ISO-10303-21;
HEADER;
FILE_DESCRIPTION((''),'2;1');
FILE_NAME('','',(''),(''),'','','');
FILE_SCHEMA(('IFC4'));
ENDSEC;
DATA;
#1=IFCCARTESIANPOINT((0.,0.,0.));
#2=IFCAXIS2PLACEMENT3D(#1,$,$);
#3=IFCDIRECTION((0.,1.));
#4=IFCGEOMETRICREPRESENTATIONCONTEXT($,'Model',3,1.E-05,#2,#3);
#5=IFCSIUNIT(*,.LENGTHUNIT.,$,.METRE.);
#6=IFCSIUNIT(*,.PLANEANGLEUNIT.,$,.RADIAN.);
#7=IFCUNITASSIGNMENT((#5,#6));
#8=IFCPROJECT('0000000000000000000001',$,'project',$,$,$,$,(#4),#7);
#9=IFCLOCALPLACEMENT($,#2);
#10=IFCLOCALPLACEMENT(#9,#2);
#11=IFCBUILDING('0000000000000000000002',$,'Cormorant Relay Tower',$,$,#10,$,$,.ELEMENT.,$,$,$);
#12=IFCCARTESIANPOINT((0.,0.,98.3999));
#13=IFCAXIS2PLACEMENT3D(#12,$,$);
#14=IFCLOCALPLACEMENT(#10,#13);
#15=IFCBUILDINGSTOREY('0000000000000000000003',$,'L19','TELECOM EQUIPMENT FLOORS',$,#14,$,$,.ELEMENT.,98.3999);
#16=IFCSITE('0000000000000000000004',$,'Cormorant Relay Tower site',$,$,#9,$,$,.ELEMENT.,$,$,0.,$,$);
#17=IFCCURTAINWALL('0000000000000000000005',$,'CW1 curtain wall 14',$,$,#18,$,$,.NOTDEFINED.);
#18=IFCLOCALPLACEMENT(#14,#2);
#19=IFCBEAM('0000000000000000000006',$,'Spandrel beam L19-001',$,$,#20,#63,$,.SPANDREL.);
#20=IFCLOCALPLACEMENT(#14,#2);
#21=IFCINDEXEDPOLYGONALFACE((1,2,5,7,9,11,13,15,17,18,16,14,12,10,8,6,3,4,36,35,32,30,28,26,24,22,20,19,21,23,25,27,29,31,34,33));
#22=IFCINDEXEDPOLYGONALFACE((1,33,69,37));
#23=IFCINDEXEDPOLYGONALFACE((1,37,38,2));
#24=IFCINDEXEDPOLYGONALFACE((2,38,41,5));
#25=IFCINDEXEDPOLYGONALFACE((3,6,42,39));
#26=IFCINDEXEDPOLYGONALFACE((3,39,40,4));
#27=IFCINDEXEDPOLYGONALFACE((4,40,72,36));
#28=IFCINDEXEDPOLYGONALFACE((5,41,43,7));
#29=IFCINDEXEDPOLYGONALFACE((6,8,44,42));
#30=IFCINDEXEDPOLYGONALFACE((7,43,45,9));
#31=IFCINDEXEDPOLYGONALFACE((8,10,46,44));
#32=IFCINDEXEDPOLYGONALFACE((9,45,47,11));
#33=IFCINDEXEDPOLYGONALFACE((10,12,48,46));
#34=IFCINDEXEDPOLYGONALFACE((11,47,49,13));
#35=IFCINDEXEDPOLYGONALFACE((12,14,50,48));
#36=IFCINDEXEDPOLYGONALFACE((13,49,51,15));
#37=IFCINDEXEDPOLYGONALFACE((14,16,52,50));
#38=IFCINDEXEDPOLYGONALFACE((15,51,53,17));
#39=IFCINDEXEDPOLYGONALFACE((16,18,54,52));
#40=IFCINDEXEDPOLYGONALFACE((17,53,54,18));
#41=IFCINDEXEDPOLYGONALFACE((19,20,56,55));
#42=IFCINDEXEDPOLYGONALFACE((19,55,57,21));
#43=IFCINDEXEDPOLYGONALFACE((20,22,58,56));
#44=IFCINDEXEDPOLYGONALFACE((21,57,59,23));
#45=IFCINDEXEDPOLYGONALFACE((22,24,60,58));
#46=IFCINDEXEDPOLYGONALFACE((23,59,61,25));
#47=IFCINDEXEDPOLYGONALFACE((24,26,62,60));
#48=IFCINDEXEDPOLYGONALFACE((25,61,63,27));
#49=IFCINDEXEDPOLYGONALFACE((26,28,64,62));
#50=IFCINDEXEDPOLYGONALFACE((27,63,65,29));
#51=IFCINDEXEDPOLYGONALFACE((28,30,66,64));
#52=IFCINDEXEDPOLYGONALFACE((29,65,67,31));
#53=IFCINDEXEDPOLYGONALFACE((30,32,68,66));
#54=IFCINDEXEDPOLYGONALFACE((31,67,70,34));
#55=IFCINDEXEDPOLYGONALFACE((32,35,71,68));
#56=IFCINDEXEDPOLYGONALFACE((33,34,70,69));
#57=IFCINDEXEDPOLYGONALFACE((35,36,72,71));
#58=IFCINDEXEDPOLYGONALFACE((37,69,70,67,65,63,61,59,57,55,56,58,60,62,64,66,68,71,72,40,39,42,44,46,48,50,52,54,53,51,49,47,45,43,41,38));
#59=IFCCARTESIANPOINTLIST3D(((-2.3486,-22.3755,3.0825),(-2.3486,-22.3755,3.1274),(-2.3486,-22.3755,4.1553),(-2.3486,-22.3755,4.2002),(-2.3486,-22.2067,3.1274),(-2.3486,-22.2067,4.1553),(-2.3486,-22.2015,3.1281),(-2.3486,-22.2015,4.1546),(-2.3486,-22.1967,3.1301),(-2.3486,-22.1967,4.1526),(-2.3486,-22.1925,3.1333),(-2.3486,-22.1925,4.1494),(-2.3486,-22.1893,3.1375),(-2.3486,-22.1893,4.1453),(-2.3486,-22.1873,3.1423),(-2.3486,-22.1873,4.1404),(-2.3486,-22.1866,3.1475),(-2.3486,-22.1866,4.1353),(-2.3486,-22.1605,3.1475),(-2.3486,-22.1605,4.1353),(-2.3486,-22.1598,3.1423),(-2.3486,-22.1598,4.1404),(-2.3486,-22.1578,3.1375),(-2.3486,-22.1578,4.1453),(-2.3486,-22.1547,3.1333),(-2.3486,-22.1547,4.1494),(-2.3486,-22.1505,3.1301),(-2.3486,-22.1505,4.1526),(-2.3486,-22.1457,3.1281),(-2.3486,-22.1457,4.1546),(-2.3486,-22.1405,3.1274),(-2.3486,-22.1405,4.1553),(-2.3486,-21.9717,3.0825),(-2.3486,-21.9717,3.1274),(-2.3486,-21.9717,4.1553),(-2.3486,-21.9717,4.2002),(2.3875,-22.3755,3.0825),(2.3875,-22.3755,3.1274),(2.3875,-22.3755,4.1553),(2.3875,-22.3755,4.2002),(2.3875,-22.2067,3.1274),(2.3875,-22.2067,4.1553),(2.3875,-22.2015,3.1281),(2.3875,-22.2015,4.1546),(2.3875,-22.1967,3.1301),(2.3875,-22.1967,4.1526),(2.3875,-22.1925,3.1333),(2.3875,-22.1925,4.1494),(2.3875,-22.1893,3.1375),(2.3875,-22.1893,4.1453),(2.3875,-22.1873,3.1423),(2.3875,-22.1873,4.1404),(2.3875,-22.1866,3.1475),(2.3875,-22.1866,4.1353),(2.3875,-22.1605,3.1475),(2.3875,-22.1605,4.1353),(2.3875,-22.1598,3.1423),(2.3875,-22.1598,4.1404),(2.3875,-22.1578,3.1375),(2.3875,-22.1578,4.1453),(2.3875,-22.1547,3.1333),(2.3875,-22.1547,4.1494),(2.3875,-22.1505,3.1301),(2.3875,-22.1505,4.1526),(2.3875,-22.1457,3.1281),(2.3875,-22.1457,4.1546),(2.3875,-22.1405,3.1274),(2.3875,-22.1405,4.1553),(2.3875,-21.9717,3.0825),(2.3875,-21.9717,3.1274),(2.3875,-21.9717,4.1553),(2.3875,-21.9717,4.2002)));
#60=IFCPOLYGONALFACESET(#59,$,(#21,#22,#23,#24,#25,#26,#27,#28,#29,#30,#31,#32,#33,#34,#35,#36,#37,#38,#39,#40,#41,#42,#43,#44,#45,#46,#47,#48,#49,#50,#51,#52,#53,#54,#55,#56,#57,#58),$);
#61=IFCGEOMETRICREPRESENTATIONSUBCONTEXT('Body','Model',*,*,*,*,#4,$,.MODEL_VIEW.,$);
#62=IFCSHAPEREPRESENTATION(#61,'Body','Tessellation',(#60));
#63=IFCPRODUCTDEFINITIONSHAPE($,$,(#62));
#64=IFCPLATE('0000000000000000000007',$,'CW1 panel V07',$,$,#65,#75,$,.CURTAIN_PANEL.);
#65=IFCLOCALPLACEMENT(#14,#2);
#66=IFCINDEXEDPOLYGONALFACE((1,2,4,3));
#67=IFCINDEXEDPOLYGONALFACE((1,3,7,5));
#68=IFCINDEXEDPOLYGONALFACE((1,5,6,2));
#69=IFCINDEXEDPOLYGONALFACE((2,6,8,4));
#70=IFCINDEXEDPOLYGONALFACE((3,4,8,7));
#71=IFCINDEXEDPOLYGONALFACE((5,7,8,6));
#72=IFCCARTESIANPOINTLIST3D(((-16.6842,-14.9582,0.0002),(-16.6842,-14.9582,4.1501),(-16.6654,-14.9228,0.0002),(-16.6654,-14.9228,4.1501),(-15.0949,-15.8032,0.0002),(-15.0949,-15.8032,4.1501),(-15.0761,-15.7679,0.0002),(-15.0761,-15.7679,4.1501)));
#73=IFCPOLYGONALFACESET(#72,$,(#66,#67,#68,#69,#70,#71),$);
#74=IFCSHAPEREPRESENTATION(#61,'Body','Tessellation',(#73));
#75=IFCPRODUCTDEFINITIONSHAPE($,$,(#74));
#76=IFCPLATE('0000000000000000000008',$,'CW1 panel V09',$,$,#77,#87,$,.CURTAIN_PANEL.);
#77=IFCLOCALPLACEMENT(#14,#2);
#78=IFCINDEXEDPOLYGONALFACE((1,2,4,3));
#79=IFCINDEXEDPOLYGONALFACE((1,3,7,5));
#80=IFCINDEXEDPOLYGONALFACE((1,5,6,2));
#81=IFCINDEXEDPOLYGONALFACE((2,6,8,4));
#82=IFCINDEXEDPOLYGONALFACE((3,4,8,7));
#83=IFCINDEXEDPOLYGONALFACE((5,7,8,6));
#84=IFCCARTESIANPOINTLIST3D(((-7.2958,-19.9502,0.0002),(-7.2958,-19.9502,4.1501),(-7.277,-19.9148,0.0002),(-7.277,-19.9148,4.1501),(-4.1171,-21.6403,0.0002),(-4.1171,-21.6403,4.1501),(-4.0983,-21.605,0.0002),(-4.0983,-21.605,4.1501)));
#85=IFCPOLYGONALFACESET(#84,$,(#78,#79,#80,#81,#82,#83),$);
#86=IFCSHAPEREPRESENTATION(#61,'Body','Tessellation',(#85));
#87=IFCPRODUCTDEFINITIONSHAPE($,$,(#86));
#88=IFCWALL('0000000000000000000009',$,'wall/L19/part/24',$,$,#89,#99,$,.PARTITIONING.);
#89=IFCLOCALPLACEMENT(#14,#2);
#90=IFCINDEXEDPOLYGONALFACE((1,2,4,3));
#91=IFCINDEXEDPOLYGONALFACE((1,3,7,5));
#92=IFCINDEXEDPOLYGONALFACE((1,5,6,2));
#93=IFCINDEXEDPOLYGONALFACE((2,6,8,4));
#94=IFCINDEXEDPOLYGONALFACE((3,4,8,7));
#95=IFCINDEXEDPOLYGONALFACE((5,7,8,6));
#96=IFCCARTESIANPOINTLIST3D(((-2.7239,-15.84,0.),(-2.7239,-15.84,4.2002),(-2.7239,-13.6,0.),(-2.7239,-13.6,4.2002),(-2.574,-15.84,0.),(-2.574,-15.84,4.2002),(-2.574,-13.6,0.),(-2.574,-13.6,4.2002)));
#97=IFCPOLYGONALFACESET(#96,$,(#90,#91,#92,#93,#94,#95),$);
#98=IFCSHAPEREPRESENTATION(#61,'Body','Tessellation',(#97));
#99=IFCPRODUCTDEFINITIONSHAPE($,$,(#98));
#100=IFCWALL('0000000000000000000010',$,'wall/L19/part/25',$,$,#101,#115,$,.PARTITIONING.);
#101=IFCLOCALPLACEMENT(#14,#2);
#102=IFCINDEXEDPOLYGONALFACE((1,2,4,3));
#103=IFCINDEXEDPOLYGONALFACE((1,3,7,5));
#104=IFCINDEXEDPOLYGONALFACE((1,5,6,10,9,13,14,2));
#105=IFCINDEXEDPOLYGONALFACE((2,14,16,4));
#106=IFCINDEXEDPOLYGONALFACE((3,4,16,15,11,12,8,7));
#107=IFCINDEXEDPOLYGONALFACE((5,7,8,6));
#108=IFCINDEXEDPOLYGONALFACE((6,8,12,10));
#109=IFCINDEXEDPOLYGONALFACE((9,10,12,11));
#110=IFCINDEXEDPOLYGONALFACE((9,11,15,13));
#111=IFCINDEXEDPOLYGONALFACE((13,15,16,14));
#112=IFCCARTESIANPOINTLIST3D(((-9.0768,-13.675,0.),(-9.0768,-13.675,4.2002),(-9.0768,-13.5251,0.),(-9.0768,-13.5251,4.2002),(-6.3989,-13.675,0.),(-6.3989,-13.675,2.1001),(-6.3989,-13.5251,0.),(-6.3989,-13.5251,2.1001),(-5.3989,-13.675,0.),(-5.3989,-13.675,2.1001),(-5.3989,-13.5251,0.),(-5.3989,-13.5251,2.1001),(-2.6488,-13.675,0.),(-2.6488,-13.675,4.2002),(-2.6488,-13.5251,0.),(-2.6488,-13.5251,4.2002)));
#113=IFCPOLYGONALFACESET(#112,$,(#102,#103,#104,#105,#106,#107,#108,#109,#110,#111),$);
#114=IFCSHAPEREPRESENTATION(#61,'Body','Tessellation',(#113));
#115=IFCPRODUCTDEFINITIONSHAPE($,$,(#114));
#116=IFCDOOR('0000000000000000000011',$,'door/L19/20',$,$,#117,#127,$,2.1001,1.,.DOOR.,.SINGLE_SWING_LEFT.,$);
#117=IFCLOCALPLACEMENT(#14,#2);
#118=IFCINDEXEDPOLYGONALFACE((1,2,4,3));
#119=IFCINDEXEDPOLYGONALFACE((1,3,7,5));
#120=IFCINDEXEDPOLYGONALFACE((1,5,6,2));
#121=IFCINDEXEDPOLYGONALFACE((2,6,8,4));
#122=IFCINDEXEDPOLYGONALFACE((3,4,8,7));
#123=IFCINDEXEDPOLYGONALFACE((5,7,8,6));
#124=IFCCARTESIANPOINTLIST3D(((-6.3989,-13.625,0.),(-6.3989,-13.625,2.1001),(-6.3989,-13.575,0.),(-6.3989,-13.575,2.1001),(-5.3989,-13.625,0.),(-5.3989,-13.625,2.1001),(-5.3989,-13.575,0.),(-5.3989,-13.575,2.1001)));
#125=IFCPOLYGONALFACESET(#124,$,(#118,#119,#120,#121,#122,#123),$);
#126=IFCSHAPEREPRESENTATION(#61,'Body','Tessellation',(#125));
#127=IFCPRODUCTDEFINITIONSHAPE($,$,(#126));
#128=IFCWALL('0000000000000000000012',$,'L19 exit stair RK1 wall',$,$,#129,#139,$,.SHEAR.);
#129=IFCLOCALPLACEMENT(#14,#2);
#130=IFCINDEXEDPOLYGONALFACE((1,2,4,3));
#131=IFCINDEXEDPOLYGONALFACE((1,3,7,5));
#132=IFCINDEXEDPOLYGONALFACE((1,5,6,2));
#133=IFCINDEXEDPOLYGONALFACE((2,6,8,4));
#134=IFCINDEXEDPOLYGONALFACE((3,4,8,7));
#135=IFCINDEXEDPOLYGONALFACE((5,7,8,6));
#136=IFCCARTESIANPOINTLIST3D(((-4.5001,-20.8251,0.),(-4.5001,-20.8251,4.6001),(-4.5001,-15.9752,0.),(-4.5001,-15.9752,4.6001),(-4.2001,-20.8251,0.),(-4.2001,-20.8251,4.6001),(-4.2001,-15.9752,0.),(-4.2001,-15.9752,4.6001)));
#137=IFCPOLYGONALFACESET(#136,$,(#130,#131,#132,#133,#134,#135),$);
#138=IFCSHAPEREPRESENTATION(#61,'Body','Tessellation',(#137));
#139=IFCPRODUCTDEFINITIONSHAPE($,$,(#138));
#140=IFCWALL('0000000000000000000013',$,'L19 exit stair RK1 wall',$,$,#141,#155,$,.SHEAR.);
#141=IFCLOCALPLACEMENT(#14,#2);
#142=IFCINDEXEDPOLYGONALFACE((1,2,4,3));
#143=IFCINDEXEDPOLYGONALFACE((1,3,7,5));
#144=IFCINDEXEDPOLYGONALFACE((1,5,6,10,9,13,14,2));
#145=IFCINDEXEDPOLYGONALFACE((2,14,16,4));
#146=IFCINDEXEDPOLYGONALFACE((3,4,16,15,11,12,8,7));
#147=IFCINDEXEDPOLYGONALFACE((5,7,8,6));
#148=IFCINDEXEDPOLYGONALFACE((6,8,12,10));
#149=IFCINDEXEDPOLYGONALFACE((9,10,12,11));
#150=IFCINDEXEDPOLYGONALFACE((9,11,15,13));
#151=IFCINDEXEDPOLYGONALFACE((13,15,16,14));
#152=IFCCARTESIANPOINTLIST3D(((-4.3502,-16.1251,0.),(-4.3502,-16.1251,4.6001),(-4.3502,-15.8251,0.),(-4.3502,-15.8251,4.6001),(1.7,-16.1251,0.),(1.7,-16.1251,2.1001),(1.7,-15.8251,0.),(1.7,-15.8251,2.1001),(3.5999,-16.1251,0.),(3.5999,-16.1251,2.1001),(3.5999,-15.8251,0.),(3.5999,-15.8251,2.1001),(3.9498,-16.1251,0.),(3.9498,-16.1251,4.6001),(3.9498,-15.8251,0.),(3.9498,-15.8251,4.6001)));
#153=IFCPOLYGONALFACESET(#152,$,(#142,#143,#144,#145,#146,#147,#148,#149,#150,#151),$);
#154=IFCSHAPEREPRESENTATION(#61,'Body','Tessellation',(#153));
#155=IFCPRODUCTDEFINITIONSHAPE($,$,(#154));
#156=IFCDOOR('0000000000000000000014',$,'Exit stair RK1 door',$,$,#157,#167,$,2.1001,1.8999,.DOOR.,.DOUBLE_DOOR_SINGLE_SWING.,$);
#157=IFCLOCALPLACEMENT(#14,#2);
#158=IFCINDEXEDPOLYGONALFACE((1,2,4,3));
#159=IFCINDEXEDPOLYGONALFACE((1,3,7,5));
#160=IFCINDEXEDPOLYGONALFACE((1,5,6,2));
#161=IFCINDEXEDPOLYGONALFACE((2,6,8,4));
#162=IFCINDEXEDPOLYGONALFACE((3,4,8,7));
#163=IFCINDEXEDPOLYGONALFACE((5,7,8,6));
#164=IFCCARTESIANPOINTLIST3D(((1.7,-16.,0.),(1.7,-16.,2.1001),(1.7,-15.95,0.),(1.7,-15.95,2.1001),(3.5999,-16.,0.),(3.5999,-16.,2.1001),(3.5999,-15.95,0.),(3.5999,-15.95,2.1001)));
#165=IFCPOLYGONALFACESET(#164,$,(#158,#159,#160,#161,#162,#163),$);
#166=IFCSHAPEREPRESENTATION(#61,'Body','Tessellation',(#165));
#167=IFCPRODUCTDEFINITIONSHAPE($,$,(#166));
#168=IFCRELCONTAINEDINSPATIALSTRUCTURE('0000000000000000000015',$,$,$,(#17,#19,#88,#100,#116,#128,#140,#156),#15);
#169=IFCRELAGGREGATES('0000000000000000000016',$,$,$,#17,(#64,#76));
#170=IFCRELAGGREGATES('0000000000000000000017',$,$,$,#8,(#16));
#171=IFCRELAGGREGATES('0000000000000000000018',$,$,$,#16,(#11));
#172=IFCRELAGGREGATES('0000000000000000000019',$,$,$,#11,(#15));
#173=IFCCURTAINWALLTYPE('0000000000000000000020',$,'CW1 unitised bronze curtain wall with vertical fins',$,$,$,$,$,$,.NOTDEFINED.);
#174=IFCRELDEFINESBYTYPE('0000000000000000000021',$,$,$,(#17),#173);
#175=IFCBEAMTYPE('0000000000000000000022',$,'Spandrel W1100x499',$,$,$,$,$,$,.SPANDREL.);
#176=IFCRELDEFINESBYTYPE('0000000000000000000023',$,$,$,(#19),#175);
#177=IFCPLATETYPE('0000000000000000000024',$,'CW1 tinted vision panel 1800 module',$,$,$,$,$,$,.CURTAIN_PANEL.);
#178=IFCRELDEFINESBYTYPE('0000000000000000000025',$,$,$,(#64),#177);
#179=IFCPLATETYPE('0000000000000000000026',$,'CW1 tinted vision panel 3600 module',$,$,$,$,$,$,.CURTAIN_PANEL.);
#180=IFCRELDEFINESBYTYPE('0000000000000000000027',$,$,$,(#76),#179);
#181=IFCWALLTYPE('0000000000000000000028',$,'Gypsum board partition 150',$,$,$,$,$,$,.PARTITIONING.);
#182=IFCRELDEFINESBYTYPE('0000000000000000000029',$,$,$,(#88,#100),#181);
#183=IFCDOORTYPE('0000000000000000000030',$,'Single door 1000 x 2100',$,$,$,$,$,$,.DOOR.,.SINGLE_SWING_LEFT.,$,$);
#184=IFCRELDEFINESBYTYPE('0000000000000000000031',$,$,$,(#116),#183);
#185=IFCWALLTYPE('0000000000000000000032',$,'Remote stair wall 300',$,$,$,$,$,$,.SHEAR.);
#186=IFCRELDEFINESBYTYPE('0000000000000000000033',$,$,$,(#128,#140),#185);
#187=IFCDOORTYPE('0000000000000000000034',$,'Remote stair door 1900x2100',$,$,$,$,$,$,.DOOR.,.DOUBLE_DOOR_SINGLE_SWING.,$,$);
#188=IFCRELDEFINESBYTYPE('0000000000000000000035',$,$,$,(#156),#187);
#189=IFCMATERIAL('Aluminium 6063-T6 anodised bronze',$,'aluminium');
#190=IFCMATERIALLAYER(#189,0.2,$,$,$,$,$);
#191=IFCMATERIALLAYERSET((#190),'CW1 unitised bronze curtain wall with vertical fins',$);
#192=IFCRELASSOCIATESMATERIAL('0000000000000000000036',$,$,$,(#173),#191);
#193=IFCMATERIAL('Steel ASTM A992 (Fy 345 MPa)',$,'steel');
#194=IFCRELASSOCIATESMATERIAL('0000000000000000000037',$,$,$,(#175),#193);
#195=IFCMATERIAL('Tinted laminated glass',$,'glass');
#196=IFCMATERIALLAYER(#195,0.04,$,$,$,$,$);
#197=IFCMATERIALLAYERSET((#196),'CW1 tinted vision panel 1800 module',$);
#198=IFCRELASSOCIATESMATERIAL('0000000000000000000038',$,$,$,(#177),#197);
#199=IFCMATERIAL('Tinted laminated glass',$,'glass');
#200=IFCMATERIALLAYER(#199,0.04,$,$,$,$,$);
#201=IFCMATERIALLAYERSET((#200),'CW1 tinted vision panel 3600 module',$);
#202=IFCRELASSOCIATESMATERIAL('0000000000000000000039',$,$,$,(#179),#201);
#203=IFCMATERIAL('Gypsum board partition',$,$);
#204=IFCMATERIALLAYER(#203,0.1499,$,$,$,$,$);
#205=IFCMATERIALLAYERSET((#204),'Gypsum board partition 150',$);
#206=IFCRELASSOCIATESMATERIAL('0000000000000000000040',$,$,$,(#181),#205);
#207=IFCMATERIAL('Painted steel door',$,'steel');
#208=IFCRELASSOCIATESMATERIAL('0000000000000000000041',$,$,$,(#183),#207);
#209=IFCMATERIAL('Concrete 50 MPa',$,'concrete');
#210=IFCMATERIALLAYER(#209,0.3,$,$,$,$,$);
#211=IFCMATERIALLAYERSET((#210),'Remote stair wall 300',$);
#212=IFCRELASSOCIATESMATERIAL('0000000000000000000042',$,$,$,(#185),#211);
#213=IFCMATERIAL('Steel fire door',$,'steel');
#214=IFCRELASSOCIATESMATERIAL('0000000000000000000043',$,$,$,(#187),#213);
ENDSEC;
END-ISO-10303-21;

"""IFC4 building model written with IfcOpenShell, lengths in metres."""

from ifc_helpers import new_model, si_unit, direction, frame, frame_2d, origin, origin_2d, place, context, subcontext, project, spatial, rectangle, i_section, extrude, material, layer, layer_set, material_profile, profile_set, type_object, element, fill, aggregate, save


model = new_model("IFC4")

# Units and contexts
model_context = context("Model", 3, precision=1e-05, world=origin(), true_north=direction((0.0, 1.0)))
body_context = subcontext(model_context, "Body", "Model", "MODEL_VIEW")
ifc_project = project(units=[si_unit("LENGTHUNIT", "METRE"), si_unit("PLANEANGLEUNIT", "RADIAN")], contexts=[model_context])

# Site, building, storey
site_placement = place(None, origin())
site = spatial("IfcSite", under=ifc_project, at=site_placement, Name="Cormorant Relay Tower site", CompositionType="ELEMENT", RefElevation=0.0)
building_placement = place(site_placement, origin())
building = spatial("IfcBuilding", under=site, at=building_placement, Name="Cormorant Relay Tower", CompositionType="ELEMENT")
storey_placement = place(building_placement, frame((0.0, 0.0, 98.3999)))
storey = spatial("IfcBuildingStorey", under=building, at=storey_placement, Name="L19", Description="TELECOM EQUIPMENT FLOORS", CompositionType="ELEMENT", Elevation=98.3999)

# Shared definitions
ifc_material_1 = material(Name="Aluminium 6063-T6 anodised bronze", Category="aluminium")
ifc_layer_1 = layer(ifc_material_1, 0.2)
ifc_layer_set_1 = layer_set([ifc_layer_1], Name="CW1 unitised bronze curtain wall with vertical fins")
curtain_wall_type = type_object("IfcCurtainWallType", Name="CW1 unitised bronze curtain wall with vertical fins", PredefinedType="NOTDEFINED", material=ifc_layer_set_1)

# Curtain wall
curtain_wall_1_placement = place(storey_placement, origin())
curtain_wall_1 = element("IfcCurtainWall", 1, at=curtain_wall_1_placement, inside=storey, type_object=curtain_wall_type, Name="CW1 curtain wall 14", PredefinedType="NOTDEFINED")

# Beam
ifc_material_2 = material(Name="Steel ASTM A992 (Fy 345 MPa)", Category="steel")
ifc_material_profile_1 = material_profile(ifc_material_2, i_section(OverallWidth=0.4038, OverallDepth=1.1177, WebThickness=0.0261, FlangeThickness=0.0449, FilletRadius=0.02, at=origin_2d()), Name="W1100x499")
ifc_profile_set_1 = profile_set([ifc_material_profile_1], Name="Steel ASTM A992 (Fy 345 MPa)")
beam_type = type_object("IfcBeamType", Name="Spandrel W1100x499", PredefinedType="SPANDREL", material=ifc_profile_set_1)
beam_placement = place(storey_placement, frame((-2.3486, -22.1736, 3.6414), z_axis=(1.0, 0.0, 0.0), x_axis=(0.0, 1.0, 0.0)))
element("IfcBeam", 2, at=beam_placement, inside=storey, type_object=beam_type, Name="Spandrel beam L19-001", PredefinedType="SPANDREL", context=body_context, shape_type="SweptSolid", body=[
    extrude(i_section(OverallWidth=0.4038, OverallDepth=1.1177, WebThickness=0.0261, FlangeThickness=0.0449, FilletRadius=0.02, at=origin_2d()), origin(), (0.0, 0.0, 1.0), 4.7361),
])

# Plates
ifc_material_3 = material(Name="Tinted laminated glass", Category="glass")
ifc_layer_2 = layer(ifc_material_3, 0.04)
ifc_layer_set_2 = layer_set([ifc_layer_2], Name="CW1 tinted vision panel 1800 module")
plate_type_1 = type_object("IfcPlateType", Name="CW1 tinted vision panel 1800 module", PredefinedType="CURTAIN_PANEL", material=ifc_layer_set_2)
plate_1_placement = place(storey_placement, frame((-15.8801, -15.363, 0.0002), z_axis=(0.0, 0.0, 1.0), x_axis=(0.882948, -0.469472, 0.0)))
plate_1 = element("IfcPlate", 3, at=plate_1_placement, type_object=plate_type_1, Name="CW1 panel V07", PredefinedType="CURTAIN_PANEL", context=body_context, shape_type="SweptSolid", body=[
    extrude(rectangle(XDim=1.8, YDim=0.04, at=origin_2d()), origin(), (0.0, 0.0, 1.0), 4.1499),
])
ifc_material_4 = material(Name="Tinted laminated glass", Category="glass")
ifc_layer_3 = layer(ifc_material_4, 0.04)
ifc_layer_set_3 = layer_set([ifc_layer_3], Name="CW1 tinted vision panel 3600 module")
plate_type_2 = type_object("IfcPlateType", Name="CW1 tinted vision panel 3600 module", PredefinedType="CURTAIN_PANEL", material=ifc_layer_set_3)
plate_2_placement = place(storey_placement, frame((-5.697, -20.7776, 0.0002), z_axis=(0.0, 0.0, 1.0), x_axis=(0.882948, -0.469472, 0.0)))
plate_2 = element("IfcPlate", 4, at=plate_2_placement, type_object=plate_type_2, Name="CW1 panel V09", PredefinedType="CURTAIN_PANEL", context=body_context, shape_type="SweptSolid", body=[
    extrude(rectangle(XDim=3.6001, YDim=0.04, at=origin_2d()), origin(), (0.0, 0.0, 1.0), 4.1499),
])

# Wall
ifc_material_5 = material(Name="Gypsum board partition")
ifc_layer_4 = layer(ifc_material_5, 0.1499)
ifc_layer_set_4 = layer_set([ifc_layer_4], Name="Gypsum board partition 150")
wall_type_1 = type_object("IfcWallType", Name="Gypsum board partition 150", PredefinedType="PARTITIONING", material=ifc_layer_set_4)
wall_1_placement = place(storey_placement, frame((-2.6489, -15.8401, 0.0), z_axis=(0.0, 0.0, 1.0), x_axis=(0.0, 1.0, 0.0)))
element("IfcWall", 5, at=wall_1_placement, inside=storey, type_object=wall_type_1, Name="wall/L19/part/24", PredefinedType="PARTITIONING", context=body_context, shape_type="SweptSolid", body=[
    extrude(rectangle(XDim=2.24, YDim=0.1499, at=frame_2d((1.1201, 0.0))), origin(), (0.0, 0.0, 1.0), 4.2002),
])

# Wall, opening, door
wall_2_placement = place(storey_placement, frame((-2.6489, -13.6001, 0.0), z_axis=(0.0, 0.0, 1.0), x_axis=(-1.0, 0.0, 0.0)))
wall_2 = element("IfcWall", 6, at=wall_2_placement, inside=storey, type_object=wall_type_1, Name="wall/L19/part/25", PredefinedType="PARTITIONING", context=body_context, shape_type="SweptSolid", body=[
    extrude(rectangle(XDim=6.428, YDim=0.1499, at=frame_2d((3.2139, 0.0))), origin(), (0.0, 0.0, 1.0), 4.2002),
])
opening_1_placement = place(wall_2_placement, frame((2.75, 0.0, 0.0)))
opening_1 = element("IfcOpeningElement", 7, at=opening_1_placement, cuts=wall_2, PredefinedType="OPENING", context=body_context, shape_type="SweptSolid", body=[
    extrude(rectangle(XDim=1.0, YDim=2.1001, at=frame_2d((0.5, 1.05))), frame((0.0, 0.085, 0.0), z_axis=(0.0, -1.0, 0.0), x_axis=(1.0, 0.0, 0.0)), (0.0, 0.0, 1.0), 0.1699),
])
ifc_material_6 = material(Name="Painted steel door", Category="steel")
door_type_1 = type_object("IfcDoorType", Name="Single door 1000 x 2100", OperationType="SINGLE_SWING_LEFT", PredefinedType="DOOR", material=ifc_material_6)
door_1_placement = place(opening_1_placement, origin())
door_1 = element("IfcDoor", 8, at=door_1_placement, inside=storey, type_object=door_type_1, Name="door/L19/20", OperationType="SINGLE_SWING_LEFT", OverallHeight=2.1001, OverallWidth=1.0, PredefinedType="DOOR", context=body_context, shape_type="SweptSolid", body=[
    extrude(rectangle(XDim=1.0, YDim=2.1001, at=frame_2d((0.5, 1.05))), frame((0.0, 0.0249, 0.0), z_axis=(0.0, -1.0, 0.0), x_axis=(1.0, 0.0, 0.0)), (0.0, 0.0, 1.0), 0.05),
])
fill(opening_1, door_1)

# Wall
ifc_material_7 = material(Name="Concrete 50 MPa", Category="concrete")
ifc_layer_5 = layer(ifc_material_7, 0.3)
ifc_layer_set_5 = layer_set([ifc_layer_5], Name="Remote stair wall 300")
wall_type_2 = type_object("IfcWallType", Name="Remote stair wall 300", PredefinedType="SHEAR", material=ifc_layer_set_5)
wall_3_placement = place(storey_placement, frame((-4.3501, -20.825, 0.0), z_axis=(0.0, 0.0, 1.0), x_axis=(0.0, 1.0, 0.0)))
element("IfcWall", 9, at=wall_3_placement, inside=storey, type_object=wall_type_2, Name="L19 exit stair RK1 wall", PredefinedType="SHEAR", context=body_context, shape_type="SweptSolid", body=[
    extrude(rectangle(XDim=4.8499, YDim=0.3, at=frame_2d((2.4248, 0.0))), origin(), (0.0, 0.0, 1.0), 4.6001),
])

# Wall, opening, door
wall_4_placement = place(storey_placement, frame((-4.3501, -15.9751, 0.0), z_axis=(0.0, 0.0, 1.0), x_axis=(1.0, 0.0, 0.0)))
wall_4 = element("IfcWall", 10, at=wall_4_placement, inside=storey, type_object=wall_type_2, Name="L19 exit stair RK1 wall", PredefinedType="SHEAR", context=body_context, shape_type="SweptSolid", body=[
    extrude(rectangle(XDim=8.3, YDim=0.3, at=frame_2d((4.1499, 0.0))), origin(), (0.0, 0.0, 1.0), 4.6001),
])
opening_2_placement = place(wall_4_placement, frame((6.05, 0.0, 0.0)))
opening_2 = element("IfcOpeningElement", 11, at=opening_2_placement, cuts=wall_4, PredefinedType="OPENING", context=body_context, shape_type="SweptSolid", body=[
    extrude(rectangle(XDim=1.8999, YDim=2.1001, at=frame_2d((0.95, 1.05))), frame((0.0, 0.1599, 0.0), z_axis=(0.0, -1.0, 0.0), x_axis=(1.0, 0.0, 0.0)), (0.0, 0.0, 1.0), 0.3201),
])
ifc_material_8 = material(Name="Steel fire door", Category="steel")
door_type_2 = type_object("IfcDoorType", Name="Remote stair door 1900x2100", OperationType="DOUBLE_DOOR_SINGLE_SWING", PredefinedType="DOOR", material=ifc_material_8)
door_2_placement = place(opening_2_placement, frame((1.8999, 0.0, 0.0), z_axis=(0.0, 0.0, 1.0), x_axis=(-1.0, 0.0, 0.0)))
door_2 = element("IfcDoor", 12, at=door_2_placement, inside=storey, type_object=door_type_2, Name="Exit stair RK1 door", OperationType="DOUBLE_DOOR_SINGLE_SWING", OverallHeight=2.1001, OverallWidth=1.8999, PredefinedType="DOOR", context=body_context, shape_type="SweptSolid", body=[
    extrude(rectangle(XDim=1.8999, YDim=2.1001, at=frame_2d((0.95, 1.05))), frame((0.0, 0.0249, 0.0), z_axis=(0.0, -1.0, 0.0), x_axis=(1.0, 0.0, 0.0)), (0.0, 0.0, 1.0), 0.05),
])
fill(opening_2, door_2)

aggregate(curtain_wall_1, [plate_1, plate_2])

save(model, "model.ifc")
